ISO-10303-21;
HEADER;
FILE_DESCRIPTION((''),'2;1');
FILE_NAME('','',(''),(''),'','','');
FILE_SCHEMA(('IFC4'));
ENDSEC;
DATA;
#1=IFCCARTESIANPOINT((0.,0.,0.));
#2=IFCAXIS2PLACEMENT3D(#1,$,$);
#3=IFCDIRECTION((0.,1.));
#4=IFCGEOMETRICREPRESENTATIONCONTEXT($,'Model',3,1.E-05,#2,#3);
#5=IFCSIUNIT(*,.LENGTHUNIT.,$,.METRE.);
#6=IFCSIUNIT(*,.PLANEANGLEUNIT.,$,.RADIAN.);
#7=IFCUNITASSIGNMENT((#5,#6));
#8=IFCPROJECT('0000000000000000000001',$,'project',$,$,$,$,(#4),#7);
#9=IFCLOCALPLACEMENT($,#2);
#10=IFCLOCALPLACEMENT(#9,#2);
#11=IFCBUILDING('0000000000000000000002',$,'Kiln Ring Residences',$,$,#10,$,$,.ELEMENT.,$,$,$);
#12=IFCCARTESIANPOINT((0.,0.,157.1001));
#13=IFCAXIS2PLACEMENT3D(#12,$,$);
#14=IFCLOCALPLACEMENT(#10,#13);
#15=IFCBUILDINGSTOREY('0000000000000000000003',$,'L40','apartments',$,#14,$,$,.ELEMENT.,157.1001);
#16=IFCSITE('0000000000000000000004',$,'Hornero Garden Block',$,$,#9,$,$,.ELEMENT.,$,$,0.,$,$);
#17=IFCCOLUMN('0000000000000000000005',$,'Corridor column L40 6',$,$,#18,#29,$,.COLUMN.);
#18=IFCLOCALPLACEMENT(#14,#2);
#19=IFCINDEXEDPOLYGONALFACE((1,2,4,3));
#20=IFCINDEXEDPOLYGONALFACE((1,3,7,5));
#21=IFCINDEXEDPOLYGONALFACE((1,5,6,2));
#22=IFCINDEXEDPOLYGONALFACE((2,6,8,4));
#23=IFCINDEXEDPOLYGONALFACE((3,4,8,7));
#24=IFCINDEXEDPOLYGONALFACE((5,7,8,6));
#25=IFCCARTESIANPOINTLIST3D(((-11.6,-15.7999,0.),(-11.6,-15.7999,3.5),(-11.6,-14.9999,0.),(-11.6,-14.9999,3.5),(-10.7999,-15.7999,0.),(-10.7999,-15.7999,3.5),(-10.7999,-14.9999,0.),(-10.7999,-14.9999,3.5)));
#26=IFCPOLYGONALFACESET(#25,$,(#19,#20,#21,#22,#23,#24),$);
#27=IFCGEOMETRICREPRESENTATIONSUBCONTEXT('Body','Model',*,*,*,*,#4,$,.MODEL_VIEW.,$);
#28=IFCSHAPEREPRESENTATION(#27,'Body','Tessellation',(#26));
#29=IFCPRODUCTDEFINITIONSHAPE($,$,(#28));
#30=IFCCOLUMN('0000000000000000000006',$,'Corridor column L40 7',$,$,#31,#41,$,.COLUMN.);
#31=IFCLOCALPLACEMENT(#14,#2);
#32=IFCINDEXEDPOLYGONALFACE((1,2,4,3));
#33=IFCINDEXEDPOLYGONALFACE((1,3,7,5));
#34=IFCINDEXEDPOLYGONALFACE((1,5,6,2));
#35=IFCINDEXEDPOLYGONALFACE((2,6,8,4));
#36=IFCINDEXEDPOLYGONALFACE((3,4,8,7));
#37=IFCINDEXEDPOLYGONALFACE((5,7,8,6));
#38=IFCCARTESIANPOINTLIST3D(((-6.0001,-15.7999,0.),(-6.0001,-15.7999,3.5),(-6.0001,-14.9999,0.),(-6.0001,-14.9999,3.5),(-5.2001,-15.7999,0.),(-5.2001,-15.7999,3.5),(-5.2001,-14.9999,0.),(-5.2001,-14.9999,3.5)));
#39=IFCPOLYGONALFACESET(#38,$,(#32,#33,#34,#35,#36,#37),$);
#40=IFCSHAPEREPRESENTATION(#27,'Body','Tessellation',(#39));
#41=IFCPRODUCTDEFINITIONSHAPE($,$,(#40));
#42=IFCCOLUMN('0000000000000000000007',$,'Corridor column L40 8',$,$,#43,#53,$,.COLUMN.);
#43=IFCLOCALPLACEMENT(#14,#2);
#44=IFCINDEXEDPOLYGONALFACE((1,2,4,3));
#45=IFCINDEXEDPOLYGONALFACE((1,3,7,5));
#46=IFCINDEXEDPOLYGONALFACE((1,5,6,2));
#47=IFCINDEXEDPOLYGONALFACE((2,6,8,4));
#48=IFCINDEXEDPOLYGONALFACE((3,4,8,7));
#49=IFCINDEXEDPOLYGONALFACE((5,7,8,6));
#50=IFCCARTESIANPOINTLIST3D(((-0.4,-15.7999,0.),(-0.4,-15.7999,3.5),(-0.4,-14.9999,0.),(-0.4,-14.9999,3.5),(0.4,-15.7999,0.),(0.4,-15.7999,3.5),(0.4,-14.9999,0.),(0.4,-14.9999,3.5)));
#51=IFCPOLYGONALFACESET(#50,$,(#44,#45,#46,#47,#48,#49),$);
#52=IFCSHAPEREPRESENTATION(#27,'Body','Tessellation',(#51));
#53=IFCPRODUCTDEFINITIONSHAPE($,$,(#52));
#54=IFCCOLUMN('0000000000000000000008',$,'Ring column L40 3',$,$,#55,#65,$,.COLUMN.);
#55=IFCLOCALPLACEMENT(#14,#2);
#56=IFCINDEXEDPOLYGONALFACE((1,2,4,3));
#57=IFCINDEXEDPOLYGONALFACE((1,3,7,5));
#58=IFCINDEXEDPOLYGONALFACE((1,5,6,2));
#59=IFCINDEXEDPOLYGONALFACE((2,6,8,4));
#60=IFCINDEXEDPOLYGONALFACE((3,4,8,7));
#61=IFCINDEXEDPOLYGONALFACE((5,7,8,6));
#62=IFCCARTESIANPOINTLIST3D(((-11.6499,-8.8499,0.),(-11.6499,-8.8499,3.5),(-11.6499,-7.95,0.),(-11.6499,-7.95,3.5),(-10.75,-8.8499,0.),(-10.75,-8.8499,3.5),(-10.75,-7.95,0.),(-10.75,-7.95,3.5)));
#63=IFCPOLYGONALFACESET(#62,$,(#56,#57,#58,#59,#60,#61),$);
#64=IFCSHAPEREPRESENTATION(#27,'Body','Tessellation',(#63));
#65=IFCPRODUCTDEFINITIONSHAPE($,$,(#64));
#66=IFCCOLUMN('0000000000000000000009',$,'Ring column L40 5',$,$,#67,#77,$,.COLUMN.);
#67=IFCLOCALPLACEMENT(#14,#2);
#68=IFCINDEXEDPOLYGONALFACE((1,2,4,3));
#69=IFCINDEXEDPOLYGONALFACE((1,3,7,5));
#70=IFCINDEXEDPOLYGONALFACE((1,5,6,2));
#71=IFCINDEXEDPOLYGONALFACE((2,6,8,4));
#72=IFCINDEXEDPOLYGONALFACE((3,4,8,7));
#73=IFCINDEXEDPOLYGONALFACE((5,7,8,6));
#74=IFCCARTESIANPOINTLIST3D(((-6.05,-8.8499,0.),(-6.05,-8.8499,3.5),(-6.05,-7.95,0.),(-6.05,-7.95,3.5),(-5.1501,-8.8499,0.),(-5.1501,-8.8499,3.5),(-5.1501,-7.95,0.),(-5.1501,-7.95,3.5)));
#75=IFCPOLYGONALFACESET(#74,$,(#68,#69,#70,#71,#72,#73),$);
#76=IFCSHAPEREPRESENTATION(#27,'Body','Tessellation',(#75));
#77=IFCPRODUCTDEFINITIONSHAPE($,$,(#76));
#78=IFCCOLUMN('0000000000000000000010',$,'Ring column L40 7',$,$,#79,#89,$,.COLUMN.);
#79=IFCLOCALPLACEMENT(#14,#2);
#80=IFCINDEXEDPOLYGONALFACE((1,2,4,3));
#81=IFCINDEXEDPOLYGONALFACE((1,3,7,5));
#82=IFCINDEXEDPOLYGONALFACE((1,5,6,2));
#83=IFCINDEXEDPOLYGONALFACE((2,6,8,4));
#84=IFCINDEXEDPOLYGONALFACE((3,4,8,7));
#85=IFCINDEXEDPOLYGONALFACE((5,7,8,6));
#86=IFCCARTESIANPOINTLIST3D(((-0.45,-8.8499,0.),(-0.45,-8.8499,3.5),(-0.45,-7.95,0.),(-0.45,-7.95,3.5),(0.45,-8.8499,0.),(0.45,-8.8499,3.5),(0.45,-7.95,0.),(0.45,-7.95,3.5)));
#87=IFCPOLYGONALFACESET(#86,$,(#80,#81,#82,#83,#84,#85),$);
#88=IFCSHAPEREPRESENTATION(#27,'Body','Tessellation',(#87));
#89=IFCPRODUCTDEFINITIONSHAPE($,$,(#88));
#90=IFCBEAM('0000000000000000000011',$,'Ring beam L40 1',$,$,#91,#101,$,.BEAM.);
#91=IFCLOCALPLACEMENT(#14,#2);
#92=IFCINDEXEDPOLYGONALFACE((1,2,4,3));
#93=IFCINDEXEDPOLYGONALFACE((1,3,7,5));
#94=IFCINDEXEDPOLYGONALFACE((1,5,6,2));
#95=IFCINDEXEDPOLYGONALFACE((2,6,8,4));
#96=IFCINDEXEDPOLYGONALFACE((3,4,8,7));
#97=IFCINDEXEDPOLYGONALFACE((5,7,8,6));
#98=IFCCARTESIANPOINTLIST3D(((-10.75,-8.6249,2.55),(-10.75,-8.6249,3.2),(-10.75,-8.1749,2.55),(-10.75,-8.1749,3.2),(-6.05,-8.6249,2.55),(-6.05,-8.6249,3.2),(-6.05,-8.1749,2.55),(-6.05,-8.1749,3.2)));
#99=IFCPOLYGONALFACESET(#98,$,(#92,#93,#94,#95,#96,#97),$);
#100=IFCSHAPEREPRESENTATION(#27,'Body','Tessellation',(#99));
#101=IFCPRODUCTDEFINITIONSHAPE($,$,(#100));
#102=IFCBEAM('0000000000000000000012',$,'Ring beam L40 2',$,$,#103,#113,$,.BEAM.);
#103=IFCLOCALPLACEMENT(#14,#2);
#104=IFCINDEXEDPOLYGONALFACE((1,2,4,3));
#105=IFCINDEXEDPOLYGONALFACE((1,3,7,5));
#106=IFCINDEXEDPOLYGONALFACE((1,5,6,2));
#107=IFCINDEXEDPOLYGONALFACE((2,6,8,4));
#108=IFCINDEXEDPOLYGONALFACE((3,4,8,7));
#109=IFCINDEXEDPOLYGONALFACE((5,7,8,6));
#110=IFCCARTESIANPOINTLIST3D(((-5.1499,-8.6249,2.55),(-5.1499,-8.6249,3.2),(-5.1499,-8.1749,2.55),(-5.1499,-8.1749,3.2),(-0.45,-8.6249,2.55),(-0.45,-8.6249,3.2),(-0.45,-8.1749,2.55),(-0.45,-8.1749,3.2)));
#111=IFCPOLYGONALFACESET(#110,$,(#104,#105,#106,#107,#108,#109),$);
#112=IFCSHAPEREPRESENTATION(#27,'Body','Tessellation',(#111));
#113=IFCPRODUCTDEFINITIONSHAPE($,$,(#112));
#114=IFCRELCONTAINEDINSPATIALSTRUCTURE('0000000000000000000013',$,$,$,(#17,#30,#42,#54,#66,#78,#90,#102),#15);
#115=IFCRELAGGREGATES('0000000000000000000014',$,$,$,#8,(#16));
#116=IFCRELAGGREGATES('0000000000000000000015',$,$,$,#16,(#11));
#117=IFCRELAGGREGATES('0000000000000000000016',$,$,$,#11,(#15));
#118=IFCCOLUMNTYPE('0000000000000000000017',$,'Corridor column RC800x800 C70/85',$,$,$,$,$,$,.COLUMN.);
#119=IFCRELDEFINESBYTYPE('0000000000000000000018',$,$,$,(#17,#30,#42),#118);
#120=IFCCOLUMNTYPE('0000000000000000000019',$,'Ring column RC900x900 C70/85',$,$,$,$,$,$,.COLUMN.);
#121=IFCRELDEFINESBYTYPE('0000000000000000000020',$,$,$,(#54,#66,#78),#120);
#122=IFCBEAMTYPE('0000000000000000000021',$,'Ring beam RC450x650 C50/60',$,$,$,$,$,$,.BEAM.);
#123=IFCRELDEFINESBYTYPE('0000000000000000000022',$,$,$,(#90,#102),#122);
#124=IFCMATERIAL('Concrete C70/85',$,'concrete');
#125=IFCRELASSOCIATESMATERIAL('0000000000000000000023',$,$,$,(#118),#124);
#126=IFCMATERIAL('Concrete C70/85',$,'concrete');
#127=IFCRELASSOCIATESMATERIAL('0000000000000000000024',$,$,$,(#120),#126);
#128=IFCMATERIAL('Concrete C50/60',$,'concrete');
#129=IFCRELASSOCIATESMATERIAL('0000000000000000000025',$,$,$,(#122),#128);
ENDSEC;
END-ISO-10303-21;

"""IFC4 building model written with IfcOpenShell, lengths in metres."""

from ifc_helpers import new_model, si_unit, direction, frame, origin, origin_2d, place, context, subcontext, project, spatial, rectangle, extrude, material, material_profile, profile_set, type_object, element, save


model = new_model("IFC4")

# Units and contexts
model_context = context("Model", 3, precision=1e-05, world=origin(), true_north=direction((0.0, 1.0)))
body_context = subcontext(model_context, "Body", "Model", "MODEL_VIEW")
ifc_project = project(units=[si_unit("LENGTHUNIT", "METRE"), si_unit("PLANEANGLEUNIT", "RADIAN")], contexts=[model_context])

# Site, building, storey
site_placement = place(None, origin())
site = spatial("IfcSite", under=ifc_project, at=site_placement, Name="Hornero Garden Block", CompositionType="ELEMENT", RefElevation=0.0)
building_placement = place(site_placement, origin())
building = spatial("IfcBuilding", under=site, at=building_placement, Name="Kiln Ring Residences", CompositionType="ELEMENT")
storey_placement = place(building_placement, frame((0.0, 0.0, 157.1001)))
storey = spatial("IfcBuildingStorey", under=building, at=storey_placement, Name="L40", Description="apartments", CompositionType="ELEMENT", Elevation=157.1001)

# Columns
ifc_material_1 = material(Name="Concrete C70/85", Category="concrete")
ifc_material_profile_1 = material_profile(ifc_material_1, rectangle(XDim=0.8, YDim=0.8, at=origin_2d()), Name="RC800x800")
ifc_profile_set_1 = profile_set([ifc_material_profile_1], Name="Concrete C70/85")
column_type_1 = type_object("IfcColumnType", Name="Corridor column RC800x800 C70/85", PredefinedType="COLUMN", material=ifc_profile_set_1)
for number, where, z_axis, x_axis, name in (
    (1, (-11.2, -15.3999, 0.0), (0.0, 0.0, 1.0), (1.0, 0.0, 0.0), "Corridor column L40 6"),
    (2, (-5.6001, -15.3999, 0.0), (0.0, 0.0, 1.0), (1.0, 0.0, 0.0), "Corridor column L40 7"),
    (3, (0.0, -15.3999, 0.0), (0.0, 0.0, 1.0), (1.0, 0.0, 0.0), "Corridor column L40 8"),
):
    element("IfcColumn", number, at=place(storey_placement, frame(where, z_axis=z_axis, x_axis=x_axis)), inside=storey, type_object=column_type_1, Name=name, PredefinedType="COLUMN", context=body_context, shape_type="SweptSolid", body=[
        extrude(rectangle(XDim=0.8, YDim=0.8, at=origin_2d()), origin(), (0.0, 0.0, 1.0), 3.5),
    ])
ifc_material_2 = material(Name="Concrete C70/85", Category="concrete")
ifc_material_profile_2 = material_profile(ifc_material_2, rectangle(XDim=0.8999, YDim=0.8999, at=origin_2d()), Name="RC900x900")
ifc_profile_set_2 = profile_set([ifc_material_profile_2], Name="Concrete C70/85")
column_type_2 = type_object("IfcColumnType", Name="Ring column RC900x900 C70/85", PredefinedType="COLUMN", material=ifc_profile_set_2)
for number, where, z_axis, x_axis, name in (
    (4, (-11.2, -8.3999, 0.0), (0.0, 0.0, 1.0), (1.0, 0.0, 0.0), "Ring column L40 3"),
    (5, (-5.6001, -8.3999, 0.0), (0.0, 0.0, 1.0), (1.0, 0.0, 0.0), "Ring column L40 5"),
    (6, (0.0, -8.3999, 0.0), (0.0, 0.0, 1.0), (1.0, 0.0, 0.0), "Ring column L40 7"),
):
    element("IfcColumn", number, at=place(storey_placement, frame(where, z_axis=z_axis, x_axis=x_axis)), inside=storey, type_object=column_type_2, Name=name, PredefinedType="COLUMN", context=body_context, shape_type="SweptSolid", body=[
        extrude(rectangle(XDim=0.8999, YDim=0.8999, at=origin_2d()), origin(), (0.0, 0.0, 1.0), 3.5),
    ])

# Beams
ifc_material_3 = material(Name="Concrete C50/60", Category="concrete")
ifc_material_profile_3 = material_profile(ifc_material_3, rectangle(XDim=0.45, YDim=0.6499, at=origin_2d()), Name="RC450x650")
ifc_profile_set_3 = profile_set([ifc_material_profile_3], Name="Concrete C50/60")
beam_type = type_object("IfcBeamType", Name="Ring beam RC450x650 C50/60", PredefinedType="BEAM", material=ifc_profile_set_3)
for number, where, z_axis, x_axis, name in (
    (7, (-10.75, -8.3999, 2.875), (1.0, 0.0, 0.0), (0.0, 1.0, 0.0), "Ring beam L40 1"),
    (8, (-5.1499, -8.3999, 2.875), (1.0, 0.0, 0.0), (0.0, 1.0, 0.0), "Ring beam L40 2"),
):
    element("IfcBeam", number, at=place(storey_placement, frame(where, z_axis=z_axis, x_axis=x_axis)), inside=storey, type_object=beam_type, Name=name, PredefinedType="BEAM", context=body_context, shape_type="SweptSolid", body=[
        extrude(rectangle(XDim=0.45, YDim=0.6499, at=origin_2d()), origin(), (0.0, 0.0, 1.0), 4.7),
    ])

save(model, "model.ifc")
